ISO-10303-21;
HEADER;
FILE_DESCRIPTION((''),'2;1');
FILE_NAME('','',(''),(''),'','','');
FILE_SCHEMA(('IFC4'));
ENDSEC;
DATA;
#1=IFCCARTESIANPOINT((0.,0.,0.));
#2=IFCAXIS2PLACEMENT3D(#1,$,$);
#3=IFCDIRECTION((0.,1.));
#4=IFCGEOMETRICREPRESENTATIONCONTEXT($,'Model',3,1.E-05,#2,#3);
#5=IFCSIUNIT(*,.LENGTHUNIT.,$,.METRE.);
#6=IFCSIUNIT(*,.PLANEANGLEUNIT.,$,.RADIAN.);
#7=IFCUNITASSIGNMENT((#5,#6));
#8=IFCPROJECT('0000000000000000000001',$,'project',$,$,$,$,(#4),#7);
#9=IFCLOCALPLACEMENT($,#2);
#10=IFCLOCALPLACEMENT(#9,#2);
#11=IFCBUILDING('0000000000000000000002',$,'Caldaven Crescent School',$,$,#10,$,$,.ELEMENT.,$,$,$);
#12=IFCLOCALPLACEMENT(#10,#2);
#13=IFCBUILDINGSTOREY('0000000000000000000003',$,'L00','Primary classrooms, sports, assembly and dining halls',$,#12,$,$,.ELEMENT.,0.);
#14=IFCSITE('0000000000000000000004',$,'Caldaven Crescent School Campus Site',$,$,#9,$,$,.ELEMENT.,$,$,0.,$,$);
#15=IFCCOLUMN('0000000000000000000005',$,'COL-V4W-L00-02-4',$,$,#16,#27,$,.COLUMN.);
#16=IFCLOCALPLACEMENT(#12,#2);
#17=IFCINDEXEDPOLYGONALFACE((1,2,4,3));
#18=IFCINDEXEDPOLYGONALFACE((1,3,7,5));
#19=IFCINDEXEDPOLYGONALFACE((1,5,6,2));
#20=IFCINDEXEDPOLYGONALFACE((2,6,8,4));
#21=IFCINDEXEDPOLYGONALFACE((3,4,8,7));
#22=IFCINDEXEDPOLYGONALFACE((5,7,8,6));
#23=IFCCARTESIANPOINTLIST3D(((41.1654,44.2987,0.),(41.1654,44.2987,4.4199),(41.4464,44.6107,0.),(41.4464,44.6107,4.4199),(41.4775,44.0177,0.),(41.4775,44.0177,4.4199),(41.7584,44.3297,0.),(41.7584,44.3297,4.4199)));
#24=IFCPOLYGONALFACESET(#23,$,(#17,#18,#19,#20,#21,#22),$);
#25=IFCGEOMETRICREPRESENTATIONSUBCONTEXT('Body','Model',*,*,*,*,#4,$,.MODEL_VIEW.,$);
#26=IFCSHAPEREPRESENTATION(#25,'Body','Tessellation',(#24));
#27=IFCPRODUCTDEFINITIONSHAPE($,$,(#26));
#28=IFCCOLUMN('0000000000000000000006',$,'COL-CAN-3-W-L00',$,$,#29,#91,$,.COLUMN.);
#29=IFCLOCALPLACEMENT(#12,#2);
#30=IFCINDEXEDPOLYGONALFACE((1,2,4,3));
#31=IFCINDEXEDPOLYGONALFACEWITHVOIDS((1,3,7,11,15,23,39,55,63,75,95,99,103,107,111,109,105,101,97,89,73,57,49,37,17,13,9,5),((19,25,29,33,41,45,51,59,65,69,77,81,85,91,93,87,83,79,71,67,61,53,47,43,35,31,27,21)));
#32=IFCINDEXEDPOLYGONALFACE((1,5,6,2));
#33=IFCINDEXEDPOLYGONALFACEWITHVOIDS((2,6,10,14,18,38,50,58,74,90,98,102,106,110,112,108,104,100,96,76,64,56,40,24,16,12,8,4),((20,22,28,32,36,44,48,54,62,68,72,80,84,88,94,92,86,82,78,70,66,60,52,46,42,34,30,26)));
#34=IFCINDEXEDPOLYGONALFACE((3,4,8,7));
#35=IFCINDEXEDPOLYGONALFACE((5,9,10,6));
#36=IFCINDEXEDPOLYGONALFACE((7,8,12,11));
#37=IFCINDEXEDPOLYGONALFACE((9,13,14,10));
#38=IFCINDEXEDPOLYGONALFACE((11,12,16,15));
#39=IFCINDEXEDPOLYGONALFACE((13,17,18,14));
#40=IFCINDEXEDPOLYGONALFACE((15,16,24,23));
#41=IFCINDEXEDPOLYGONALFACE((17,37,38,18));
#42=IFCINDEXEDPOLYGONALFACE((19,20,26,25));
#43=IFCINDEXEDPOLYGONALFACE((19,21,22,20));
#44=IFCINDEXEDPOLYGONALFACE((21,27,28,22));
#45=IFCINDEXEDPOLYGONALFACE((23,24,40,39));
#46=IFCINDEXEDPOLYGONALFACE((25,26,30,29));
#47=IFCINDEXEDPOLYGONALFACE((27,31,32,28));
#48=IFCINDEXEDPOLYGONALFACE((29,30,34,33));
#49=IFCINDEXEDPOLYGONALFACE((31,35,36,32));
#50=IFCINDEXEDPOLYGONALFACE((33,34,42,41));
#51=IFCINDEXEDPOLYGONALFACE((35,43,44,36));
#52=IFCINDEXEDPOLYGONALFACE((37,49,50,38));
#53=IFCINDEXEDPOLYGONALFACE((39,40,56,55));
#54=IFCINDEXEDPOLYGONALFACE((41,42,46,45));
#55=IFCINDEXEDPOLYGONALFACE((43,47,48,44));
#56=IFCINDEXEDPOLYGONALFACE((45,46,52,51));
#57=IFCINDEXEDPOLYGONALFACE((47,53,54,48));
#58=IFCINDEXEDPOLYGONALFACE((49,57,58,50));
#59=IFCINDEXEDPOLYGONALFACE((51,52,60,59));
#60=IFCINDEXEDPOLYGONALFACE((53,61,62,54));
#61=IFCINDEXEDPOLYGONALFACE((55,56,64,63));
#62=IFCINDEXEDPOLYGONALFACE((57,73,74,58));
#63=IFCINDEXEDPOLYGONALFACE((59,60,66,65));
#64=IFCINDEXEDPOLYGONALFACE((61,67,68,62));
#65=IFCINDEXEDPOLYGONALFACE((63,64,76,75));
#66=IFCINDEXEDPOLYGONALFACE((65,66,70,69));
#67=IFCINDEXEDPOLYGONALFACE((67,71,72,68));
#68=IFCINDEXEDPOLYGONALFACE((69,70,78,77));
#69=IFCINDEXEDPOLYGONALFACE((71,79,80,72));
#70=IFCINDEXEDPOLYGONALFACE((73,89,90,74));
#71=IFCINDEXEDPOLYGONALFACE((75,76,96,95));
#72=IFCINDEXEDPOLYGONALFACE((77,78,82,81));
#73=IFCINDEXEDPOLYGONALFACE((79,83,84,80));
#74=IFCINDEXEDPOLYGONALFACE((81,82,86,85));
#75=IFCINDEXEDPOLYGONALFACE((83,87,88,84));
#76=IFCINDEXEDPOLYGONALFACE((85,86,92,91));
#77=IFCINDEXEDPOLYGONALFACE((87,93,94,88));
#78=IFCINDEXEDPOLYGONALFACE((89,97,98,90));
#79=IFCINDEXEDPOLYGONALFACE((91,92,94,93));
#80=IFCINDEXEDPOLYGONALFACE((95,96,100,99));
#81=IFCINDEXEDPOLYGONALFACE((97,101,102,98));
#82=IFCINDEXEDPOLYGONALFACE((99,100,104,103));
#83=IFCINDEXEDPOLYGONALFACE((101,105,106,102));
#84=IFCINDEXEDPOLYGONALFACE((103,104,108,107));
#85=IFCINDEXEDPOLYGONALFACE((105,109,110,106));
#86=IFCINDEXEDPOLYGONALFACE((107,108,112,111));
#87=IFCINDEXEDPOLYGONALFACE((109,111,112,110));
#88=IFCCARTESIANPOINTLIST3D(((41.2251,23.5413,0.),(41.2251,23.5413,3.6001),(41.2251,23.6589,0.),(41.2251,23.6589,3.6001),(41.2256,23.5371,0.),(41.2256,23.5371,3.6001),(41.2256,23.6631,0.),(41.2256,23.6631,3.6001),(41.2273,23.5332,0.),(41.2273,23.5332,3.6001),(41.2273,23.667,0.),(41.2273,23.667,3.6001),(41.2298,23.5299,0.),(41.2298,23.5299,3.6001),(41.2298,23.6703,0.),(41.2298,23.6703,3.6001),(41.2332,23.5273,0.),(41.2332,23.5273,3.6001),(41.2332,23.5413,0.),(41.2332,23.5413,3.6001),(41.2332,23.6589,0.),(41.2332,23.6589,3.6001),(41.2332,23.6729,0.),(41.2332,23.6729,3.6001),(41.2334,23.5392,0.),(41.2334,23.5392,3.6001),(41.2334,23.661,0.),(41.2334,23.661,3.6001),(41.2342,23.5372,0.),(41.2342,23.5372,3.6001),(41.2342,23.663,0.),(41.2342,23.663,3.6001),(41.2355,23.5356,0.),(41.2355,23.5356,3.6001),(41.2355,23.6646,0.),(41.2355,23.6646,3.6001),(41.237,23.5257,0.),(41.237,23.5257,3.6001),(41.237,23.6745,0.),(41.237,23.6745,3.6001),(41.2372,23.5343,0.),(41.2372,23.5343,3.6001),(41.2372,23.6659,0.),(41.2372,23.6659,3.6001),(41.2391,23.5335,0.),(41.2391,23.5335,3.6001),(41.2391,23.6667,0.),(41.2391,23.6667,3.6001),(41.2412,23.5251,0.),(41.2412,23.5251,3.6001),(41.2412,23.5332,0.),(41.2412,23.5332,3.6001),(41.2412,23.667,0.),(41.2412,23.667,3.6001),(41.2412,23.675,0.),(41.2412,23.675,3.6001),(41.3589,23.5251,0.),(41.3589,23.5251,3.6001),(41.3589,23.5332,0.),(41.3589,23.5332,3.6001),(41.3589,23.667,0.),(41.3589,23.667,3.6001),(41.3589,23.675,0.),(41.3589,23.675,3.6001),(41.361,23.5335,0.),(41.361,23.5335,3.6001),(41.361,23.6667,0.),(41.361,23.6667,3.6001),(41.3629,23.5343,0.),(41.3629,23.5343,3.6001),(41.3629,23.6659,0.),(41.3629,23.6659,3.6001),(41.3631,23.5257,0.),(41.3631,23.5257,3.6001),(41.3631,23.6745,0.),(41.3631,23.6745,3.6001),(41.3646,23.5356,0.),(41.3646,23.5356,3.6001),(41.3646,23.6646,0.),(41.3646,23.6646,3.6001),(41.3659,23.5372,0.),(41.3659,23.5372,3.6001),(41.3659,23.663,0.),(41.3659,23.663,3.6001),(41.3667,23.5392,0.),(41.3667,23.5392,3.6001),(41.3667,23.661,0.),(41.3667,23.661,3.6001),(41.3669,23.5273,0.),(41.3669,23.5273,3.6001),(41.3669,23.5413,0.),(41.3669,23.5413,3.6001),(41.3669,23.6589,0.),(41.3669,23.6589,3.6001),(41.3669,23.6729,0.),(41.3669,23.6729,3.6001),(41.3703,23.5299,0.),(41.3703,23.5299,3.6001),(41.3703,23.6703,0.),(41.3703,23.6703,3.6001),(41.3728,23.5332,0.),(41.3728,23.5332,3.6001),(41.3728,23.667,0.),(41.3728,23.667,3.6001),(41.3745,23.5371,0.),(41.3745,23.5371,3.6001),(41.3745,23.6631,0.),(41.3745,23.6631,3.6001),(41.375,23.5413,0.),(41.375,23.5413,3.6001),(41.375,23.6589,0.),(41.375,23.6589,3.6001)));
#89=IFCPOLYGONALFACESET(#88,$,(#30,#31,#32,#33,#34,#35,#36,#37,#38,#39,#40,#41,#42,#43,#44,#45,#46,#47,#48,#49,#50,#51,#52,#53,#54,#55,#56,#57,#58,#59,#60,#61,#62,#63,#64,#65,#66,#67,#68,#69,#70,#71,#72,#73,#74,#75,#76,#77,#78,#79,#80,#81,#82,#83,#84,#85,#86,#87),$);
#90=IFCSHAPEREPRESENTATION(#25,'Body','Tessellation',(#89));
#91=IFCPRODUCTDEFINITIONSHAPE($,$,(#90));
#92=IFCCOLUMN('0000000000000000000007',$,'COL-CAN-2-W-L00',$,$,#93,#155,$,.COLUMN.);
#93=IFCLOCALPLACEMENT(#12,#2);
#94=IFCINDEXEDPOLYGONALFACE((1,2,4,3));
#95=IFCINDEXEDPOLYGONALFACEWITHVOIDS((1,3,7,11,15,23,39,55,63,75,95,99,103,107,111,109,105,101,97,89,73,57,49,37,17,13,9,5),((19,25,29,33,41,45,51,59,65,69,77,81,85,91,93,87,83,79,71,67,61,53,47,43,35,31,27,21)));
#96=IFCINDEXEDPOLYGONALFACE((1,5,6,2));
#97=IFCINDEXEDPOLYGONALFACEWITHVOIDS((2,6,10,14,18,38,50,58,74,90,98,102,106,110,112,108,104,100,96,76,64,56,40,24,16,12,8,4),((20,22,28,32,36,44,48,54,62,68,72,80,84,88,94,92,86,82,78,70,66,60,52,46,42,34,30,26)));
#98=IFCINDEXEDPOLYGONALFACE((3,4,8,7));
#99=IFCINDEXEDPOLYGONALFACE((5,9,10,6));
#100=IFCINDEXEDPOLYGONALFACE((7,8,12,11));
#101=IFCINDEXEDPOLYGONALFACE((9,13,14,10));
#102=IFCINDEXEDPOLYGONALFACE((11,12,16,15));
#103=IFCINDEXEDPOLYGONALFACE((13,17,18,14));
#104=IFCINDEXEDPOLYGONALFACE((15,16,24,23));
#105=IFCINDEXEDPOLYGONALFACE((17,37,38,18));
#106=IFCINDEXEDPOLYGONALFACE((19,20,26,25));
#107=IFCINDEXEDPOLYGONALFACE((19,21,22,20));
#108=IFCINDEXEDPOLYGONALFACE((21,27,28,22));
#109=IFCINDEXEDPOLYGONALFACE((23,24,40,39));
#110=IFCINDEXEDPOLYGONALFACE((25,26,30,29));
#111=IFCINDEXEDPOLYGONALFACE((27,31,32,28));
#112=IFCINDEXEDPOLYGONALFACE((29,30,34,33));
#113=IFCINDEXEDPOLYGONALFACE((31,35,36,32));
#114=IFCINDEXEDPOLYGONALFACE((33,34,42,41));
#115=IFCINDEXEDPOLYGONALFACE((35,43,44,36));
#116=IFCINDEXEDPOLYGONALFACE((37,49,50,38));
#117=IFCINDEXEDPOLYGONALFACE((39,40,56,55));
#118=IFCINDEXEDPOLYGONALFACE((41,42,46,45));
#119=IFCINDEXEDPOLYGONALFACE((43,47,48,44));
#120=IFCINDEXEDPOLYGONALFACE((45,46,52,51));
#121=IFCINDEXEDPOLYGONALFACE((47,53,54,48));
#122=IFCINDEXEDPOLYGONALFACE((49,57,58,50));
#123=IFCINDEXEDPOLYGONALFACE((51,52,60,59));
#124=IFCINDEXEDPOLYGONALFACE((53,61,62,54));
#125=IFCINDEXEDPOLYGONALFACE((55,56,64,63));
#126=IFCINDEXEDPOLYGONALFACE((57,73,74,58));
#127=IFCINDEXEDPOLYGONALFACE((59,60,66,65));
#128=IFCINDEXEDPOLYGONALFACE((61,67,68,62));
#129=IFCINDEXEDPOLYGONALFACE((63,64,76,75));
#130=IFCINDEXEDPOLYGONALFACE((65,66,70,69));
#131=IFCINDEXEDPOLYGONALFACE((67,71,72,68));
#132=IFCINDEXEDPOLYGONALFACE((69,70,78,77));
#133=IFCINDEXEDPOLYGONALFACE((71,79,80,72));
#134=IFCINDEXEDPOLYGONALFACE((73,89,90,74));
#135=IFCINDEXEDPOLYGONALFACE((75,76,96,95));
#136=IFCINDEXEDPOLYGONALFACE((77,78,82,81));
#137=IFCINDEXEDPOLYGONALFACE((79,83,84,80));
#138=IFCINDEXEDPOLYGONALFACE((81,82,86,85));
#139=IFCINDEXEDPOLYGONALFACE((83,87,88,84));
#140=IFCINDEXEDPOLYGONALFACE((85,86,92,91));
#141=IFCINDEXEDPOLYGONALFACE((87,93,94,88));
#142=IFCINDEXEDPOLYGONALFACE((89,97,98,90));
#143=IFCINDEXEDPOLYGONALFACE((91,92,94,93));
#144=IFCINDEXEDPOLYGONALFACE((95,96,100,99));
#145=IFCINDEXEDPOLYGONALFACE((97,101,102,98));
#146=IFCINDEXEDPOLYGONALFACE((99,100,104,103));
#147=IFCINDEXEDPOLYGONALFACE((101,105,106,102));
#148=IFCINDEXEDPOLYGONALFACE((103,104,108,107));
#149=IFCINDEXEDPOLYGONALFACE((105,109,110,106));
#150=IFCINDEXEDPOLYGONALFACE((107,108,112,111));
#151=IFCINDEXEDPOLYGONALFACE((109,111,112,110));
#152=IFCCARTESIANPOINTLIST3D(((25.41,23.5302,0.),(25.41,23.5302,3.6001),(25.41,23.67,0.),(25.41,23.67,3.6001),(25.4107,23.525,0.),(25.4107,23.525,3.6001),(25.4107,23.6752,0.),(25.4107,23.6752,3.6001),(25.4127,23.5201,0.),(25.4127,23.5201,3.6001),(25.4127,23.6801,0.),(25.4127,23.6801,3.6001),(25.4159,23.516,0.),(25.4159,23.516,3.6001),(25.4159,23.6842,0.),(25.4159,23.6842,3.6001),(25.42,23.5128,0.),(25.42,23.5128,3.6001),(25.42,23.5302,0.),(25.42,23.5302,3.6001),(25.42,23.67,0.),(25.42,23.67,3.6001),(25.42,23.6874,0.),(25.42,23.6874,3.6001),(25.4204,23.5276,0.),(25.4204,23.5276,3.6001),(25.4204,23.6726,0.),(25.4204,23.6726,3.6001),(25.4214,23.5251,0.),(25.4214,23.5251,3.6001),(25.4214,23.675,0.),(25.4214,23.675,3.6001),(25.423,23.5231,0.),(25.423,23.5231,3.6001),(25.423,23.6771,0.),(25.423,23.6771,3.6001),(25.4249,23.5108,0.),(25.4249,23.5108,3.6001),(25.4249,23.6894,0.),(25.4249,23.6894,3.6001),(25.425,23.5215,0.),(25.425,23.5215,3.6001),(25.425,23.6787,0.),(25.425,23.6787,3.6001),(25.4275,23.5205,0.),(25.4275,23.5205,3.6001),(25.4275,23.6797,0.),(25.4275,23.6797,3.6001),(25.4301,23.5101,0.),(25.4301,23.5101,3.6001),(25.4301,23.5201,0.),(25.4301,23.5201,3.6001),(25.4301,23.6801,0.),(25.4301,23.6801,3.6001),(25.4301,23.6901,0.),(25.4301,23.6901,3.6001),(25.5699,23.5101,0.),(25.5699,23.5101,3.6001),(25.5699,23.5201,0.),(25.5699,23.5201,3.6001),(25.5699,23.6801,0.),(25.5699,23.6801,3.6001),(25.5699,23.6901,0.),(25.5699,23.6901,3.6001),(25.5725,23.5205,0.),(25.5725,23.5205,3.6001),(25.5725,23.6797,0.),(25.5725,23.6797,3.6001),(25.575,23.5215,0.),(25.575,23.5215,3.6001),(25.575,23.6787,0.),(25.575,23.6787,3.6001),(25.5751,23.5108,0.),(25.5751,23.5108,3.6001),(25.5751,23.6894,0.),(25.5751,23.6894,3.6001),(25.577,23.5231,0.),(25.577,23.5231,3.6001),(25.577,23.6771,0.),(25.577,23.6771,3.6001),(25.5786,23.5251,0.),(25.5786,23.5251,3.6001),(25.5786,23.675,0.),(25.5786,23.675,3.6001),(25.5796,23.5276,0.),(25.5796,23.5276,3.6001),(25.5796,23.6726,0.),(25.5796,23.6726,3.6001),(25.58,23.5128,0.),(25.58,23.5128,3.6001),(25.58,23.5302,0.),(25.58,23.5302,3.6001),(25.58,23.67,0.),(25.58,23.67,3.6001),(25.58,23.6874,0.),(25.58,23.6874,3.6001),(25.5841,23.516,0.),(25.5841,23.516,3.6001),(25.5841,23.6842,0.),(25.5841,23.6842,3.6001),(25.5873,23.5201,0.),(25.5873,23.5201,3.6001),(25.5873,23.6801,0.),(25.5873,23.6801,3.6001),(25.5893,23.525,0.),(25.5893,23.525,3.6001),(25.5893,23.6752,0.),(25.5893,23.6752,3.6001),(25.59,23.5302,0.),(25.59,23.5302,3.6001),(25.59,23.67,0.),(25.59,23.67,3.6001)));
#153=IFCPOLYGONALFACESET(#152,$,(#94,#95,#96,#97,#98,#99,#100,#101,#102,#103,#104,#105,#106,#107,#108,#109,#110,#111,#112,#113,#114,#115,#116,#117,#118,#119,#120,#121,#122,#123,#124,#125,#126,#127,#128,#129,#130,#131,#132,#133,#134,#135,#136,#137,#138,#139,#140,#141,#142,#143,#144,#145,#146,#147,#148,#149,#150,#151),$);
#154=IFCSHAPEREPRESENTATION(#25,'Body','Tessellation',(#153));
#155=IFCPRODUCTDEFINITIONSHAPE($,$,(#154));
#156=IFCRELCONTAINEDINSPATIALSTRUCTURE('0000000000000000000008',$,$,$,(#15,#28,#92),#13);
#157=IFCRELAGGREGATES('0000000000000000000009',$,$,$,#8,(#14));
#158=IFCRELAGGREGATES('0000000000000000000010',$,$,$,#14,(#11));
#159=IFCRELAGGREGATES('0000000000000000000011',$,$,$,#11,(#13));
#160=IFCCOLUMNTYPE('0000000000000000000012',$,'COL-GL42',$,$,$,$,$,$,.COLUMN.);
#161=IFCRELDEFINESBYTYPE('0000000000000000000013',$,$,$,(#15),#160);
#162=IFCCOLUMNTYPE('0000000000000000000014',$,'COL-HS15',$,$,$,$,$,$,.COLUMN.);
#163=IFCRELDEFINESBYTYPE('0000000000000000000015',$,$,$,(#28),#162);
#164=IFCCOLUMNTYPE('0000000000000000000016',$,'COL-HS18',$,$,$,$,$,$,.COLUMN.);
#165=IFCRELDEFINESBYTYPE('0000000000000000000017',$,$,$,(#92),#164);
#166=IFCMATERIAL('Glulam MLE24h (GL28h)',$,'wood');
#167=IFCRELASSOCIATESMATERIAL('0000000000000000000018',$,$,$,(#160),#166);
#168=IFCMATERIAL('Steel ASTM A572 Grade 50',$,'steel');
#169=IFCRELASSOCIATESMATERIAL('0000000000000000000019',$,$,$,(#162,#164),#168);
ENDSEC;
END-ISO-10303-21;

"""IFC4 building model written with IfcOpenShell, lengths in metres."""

from ifc_helpers import new_model, si_unit, direction, frame, origin, origin_2d, place, context, subcontext, project, spatial, rectangle, hollow_rectangle, extrude, material, material_profile, profile_set, type_object, element, save


model = new_model("IFC4")

# Units and contexts
model_context = context("Model", 3, precision=1e-05, world=origin(), true_north=direction((0.0, 1.0)))
body_context = subcontext(model_context, "Body", "Model", "MODEL_VIEW")
ifc_project = project(units=[si_unit("LENGTHUNIT", "METRE"), si_unit("PLANEANGLEUNIT", "RADIAN")], contexts=[model_context])

# Site, building, storey
site_placement = place(None, origin())
site = spatial("IfcSite", under=ifc_project, at=site_placement, Name="Caldaven Crescent School Campus Site", CompositionType="ELEMENT", RefElevation=0.0)
building_placement = place(site_placement, origin())
building = spatial("IfcBuilding", under=site, at=building_placement, Name="Caldaven Crescent School", CompositionType="ELEMENT")
storey_placement = place(building_placement, origin())
storey = spatial("IfcBuildingStorey", under=building, at=storey_placement, Name="L00", Description="Primary classrooms, sports, assembly and dining halls", CompositionType="ELEMENT", Elevation=0.0)

# Columns
ifc_material_1 = material(Name="Glulam MLE24h (GL28h)", Category="wood")
ifc_material_profile_1 = material_profile(ifc_material_1, rectangle(XDim=0.4199, YDim=0.4199, at=origin_2d()), Name="MLE 420x420")
ifc_profile_set_1 = profile_set([ifc_material_profile_1], Name="Glulam MLE24h (GL28h)")
column_type_1 = type_object("IfcColumnType", Name="COL-GL42", PredefinedType="COLUMN", material=ifc_profile_set_1)
column_1_placement = place(storey_placement, frame((41.4619, 44.3142, 0.0), z_axis=(0.0, 0.0, 1.0), x_axis=(-0.669131, -0.743145, 0.0)))
element("IfcColumn", 1, at=column_1_placement, inside=storey, type_object=column_type_1, Name="COL-V4W-L00-02-4", PredefinedType="COLUMN", context=body_context, shape_type="SweptSolid", body=[
    extrude(rectangle(XDim=0.4199, YDim=0.4199, at=origin_2d()), origin(), (0.0, 0.0, 1.0), 4.4199),
])
ifc_material_2 = material(Name="Steel ASTM A572 Grade 50", Category="steel")
ifc_material_profile_2 = material_profile(ifc_material_2, hollow_rectangle(XDim=0.1499, YDim=0.1499, WallThickness=0.0081, InnerFilletRadius=0.0081, OuterFilletRadius=0.0161, at=origin_2d()), Name="HSS 150x150x8")
ifc_profile_set_2 = profile_set([ifc_material_profile_2], Name="Steel ASTM A572 Grade 50")
column_type_2 = type_object("IfcColumnType", Name="COL-HS15", PredefinedType="COLUMN", material=ifc_profile_set_2)
column_2_placement = place(storey_placement, frame((41.3, 23.6001, 0.0), z_axis=(0.0, 0.0, 1.0), x_axis=(1.0, 0.0, 0.0)))
element("IfcColumn", 2, at=column_2_placement, inside=storey, type_object=column_type_2, Name="COL-CAN-3-W-L00", PredefinedType="COLUMN", context=body_context, shape_type="SweptSolid", body=[
    extrude(hollow_rectangle(XDim=0.1499, YDim=0.1499, WallThickness=0.0081, InnerFilletRadius=0.0081, OuterFilletRadius=0.0161, at=origin_2d()), origin(), (0.0, 0.0, 1.0), 3.6001),
])
ifc_material_profile_3 = material_profile(ifc_material_2, hollow_rectangle(XDim=0.1799, YDim=0.1799, WallThickness=0.01, InnerFilletRadius=0.01, OuterFilletRadius=0.02, at=origin_2d()), Name="HSS 180x180x10")
ifc_profile_set_3 = profile_set([ifc_material_profile_3], Name="Steel ASTM A572 Grade 50")
column_type_3 = type_object("IfcColumnType", Name="COL-HS18", PredefinedType="COLUMN", material=ifc_profile_set_3)
for number, where, z_axis, x_axis, name in (
    (3, (25.5, 23.6001, 0.0), (0.0, 0.0, 1.0), (1.0, 0.0, 0.0), "COL-CAN-2-W-L00"),
):
    element("IfcColumn", number, at=place(storey_placement, frame(where, z_axis=z_axis, x_axis=x_axis)), inside=storey, type_object=column_type_3, Name=name, PredefinedType="COLUMN", context=body_context, shape_type="SweptSolid", body=[
        extrude(hollow_rectangle(XDim=0.1799, YDim=0.1799, WallThickness=0.01, InnerFilletRadius=0.01, OuterFilletRadius=0.02, at=origin_2d()), origin(), (0.0, 0.0, 1.0), 3.6001),
    ])

save(model, "model.ifc")
